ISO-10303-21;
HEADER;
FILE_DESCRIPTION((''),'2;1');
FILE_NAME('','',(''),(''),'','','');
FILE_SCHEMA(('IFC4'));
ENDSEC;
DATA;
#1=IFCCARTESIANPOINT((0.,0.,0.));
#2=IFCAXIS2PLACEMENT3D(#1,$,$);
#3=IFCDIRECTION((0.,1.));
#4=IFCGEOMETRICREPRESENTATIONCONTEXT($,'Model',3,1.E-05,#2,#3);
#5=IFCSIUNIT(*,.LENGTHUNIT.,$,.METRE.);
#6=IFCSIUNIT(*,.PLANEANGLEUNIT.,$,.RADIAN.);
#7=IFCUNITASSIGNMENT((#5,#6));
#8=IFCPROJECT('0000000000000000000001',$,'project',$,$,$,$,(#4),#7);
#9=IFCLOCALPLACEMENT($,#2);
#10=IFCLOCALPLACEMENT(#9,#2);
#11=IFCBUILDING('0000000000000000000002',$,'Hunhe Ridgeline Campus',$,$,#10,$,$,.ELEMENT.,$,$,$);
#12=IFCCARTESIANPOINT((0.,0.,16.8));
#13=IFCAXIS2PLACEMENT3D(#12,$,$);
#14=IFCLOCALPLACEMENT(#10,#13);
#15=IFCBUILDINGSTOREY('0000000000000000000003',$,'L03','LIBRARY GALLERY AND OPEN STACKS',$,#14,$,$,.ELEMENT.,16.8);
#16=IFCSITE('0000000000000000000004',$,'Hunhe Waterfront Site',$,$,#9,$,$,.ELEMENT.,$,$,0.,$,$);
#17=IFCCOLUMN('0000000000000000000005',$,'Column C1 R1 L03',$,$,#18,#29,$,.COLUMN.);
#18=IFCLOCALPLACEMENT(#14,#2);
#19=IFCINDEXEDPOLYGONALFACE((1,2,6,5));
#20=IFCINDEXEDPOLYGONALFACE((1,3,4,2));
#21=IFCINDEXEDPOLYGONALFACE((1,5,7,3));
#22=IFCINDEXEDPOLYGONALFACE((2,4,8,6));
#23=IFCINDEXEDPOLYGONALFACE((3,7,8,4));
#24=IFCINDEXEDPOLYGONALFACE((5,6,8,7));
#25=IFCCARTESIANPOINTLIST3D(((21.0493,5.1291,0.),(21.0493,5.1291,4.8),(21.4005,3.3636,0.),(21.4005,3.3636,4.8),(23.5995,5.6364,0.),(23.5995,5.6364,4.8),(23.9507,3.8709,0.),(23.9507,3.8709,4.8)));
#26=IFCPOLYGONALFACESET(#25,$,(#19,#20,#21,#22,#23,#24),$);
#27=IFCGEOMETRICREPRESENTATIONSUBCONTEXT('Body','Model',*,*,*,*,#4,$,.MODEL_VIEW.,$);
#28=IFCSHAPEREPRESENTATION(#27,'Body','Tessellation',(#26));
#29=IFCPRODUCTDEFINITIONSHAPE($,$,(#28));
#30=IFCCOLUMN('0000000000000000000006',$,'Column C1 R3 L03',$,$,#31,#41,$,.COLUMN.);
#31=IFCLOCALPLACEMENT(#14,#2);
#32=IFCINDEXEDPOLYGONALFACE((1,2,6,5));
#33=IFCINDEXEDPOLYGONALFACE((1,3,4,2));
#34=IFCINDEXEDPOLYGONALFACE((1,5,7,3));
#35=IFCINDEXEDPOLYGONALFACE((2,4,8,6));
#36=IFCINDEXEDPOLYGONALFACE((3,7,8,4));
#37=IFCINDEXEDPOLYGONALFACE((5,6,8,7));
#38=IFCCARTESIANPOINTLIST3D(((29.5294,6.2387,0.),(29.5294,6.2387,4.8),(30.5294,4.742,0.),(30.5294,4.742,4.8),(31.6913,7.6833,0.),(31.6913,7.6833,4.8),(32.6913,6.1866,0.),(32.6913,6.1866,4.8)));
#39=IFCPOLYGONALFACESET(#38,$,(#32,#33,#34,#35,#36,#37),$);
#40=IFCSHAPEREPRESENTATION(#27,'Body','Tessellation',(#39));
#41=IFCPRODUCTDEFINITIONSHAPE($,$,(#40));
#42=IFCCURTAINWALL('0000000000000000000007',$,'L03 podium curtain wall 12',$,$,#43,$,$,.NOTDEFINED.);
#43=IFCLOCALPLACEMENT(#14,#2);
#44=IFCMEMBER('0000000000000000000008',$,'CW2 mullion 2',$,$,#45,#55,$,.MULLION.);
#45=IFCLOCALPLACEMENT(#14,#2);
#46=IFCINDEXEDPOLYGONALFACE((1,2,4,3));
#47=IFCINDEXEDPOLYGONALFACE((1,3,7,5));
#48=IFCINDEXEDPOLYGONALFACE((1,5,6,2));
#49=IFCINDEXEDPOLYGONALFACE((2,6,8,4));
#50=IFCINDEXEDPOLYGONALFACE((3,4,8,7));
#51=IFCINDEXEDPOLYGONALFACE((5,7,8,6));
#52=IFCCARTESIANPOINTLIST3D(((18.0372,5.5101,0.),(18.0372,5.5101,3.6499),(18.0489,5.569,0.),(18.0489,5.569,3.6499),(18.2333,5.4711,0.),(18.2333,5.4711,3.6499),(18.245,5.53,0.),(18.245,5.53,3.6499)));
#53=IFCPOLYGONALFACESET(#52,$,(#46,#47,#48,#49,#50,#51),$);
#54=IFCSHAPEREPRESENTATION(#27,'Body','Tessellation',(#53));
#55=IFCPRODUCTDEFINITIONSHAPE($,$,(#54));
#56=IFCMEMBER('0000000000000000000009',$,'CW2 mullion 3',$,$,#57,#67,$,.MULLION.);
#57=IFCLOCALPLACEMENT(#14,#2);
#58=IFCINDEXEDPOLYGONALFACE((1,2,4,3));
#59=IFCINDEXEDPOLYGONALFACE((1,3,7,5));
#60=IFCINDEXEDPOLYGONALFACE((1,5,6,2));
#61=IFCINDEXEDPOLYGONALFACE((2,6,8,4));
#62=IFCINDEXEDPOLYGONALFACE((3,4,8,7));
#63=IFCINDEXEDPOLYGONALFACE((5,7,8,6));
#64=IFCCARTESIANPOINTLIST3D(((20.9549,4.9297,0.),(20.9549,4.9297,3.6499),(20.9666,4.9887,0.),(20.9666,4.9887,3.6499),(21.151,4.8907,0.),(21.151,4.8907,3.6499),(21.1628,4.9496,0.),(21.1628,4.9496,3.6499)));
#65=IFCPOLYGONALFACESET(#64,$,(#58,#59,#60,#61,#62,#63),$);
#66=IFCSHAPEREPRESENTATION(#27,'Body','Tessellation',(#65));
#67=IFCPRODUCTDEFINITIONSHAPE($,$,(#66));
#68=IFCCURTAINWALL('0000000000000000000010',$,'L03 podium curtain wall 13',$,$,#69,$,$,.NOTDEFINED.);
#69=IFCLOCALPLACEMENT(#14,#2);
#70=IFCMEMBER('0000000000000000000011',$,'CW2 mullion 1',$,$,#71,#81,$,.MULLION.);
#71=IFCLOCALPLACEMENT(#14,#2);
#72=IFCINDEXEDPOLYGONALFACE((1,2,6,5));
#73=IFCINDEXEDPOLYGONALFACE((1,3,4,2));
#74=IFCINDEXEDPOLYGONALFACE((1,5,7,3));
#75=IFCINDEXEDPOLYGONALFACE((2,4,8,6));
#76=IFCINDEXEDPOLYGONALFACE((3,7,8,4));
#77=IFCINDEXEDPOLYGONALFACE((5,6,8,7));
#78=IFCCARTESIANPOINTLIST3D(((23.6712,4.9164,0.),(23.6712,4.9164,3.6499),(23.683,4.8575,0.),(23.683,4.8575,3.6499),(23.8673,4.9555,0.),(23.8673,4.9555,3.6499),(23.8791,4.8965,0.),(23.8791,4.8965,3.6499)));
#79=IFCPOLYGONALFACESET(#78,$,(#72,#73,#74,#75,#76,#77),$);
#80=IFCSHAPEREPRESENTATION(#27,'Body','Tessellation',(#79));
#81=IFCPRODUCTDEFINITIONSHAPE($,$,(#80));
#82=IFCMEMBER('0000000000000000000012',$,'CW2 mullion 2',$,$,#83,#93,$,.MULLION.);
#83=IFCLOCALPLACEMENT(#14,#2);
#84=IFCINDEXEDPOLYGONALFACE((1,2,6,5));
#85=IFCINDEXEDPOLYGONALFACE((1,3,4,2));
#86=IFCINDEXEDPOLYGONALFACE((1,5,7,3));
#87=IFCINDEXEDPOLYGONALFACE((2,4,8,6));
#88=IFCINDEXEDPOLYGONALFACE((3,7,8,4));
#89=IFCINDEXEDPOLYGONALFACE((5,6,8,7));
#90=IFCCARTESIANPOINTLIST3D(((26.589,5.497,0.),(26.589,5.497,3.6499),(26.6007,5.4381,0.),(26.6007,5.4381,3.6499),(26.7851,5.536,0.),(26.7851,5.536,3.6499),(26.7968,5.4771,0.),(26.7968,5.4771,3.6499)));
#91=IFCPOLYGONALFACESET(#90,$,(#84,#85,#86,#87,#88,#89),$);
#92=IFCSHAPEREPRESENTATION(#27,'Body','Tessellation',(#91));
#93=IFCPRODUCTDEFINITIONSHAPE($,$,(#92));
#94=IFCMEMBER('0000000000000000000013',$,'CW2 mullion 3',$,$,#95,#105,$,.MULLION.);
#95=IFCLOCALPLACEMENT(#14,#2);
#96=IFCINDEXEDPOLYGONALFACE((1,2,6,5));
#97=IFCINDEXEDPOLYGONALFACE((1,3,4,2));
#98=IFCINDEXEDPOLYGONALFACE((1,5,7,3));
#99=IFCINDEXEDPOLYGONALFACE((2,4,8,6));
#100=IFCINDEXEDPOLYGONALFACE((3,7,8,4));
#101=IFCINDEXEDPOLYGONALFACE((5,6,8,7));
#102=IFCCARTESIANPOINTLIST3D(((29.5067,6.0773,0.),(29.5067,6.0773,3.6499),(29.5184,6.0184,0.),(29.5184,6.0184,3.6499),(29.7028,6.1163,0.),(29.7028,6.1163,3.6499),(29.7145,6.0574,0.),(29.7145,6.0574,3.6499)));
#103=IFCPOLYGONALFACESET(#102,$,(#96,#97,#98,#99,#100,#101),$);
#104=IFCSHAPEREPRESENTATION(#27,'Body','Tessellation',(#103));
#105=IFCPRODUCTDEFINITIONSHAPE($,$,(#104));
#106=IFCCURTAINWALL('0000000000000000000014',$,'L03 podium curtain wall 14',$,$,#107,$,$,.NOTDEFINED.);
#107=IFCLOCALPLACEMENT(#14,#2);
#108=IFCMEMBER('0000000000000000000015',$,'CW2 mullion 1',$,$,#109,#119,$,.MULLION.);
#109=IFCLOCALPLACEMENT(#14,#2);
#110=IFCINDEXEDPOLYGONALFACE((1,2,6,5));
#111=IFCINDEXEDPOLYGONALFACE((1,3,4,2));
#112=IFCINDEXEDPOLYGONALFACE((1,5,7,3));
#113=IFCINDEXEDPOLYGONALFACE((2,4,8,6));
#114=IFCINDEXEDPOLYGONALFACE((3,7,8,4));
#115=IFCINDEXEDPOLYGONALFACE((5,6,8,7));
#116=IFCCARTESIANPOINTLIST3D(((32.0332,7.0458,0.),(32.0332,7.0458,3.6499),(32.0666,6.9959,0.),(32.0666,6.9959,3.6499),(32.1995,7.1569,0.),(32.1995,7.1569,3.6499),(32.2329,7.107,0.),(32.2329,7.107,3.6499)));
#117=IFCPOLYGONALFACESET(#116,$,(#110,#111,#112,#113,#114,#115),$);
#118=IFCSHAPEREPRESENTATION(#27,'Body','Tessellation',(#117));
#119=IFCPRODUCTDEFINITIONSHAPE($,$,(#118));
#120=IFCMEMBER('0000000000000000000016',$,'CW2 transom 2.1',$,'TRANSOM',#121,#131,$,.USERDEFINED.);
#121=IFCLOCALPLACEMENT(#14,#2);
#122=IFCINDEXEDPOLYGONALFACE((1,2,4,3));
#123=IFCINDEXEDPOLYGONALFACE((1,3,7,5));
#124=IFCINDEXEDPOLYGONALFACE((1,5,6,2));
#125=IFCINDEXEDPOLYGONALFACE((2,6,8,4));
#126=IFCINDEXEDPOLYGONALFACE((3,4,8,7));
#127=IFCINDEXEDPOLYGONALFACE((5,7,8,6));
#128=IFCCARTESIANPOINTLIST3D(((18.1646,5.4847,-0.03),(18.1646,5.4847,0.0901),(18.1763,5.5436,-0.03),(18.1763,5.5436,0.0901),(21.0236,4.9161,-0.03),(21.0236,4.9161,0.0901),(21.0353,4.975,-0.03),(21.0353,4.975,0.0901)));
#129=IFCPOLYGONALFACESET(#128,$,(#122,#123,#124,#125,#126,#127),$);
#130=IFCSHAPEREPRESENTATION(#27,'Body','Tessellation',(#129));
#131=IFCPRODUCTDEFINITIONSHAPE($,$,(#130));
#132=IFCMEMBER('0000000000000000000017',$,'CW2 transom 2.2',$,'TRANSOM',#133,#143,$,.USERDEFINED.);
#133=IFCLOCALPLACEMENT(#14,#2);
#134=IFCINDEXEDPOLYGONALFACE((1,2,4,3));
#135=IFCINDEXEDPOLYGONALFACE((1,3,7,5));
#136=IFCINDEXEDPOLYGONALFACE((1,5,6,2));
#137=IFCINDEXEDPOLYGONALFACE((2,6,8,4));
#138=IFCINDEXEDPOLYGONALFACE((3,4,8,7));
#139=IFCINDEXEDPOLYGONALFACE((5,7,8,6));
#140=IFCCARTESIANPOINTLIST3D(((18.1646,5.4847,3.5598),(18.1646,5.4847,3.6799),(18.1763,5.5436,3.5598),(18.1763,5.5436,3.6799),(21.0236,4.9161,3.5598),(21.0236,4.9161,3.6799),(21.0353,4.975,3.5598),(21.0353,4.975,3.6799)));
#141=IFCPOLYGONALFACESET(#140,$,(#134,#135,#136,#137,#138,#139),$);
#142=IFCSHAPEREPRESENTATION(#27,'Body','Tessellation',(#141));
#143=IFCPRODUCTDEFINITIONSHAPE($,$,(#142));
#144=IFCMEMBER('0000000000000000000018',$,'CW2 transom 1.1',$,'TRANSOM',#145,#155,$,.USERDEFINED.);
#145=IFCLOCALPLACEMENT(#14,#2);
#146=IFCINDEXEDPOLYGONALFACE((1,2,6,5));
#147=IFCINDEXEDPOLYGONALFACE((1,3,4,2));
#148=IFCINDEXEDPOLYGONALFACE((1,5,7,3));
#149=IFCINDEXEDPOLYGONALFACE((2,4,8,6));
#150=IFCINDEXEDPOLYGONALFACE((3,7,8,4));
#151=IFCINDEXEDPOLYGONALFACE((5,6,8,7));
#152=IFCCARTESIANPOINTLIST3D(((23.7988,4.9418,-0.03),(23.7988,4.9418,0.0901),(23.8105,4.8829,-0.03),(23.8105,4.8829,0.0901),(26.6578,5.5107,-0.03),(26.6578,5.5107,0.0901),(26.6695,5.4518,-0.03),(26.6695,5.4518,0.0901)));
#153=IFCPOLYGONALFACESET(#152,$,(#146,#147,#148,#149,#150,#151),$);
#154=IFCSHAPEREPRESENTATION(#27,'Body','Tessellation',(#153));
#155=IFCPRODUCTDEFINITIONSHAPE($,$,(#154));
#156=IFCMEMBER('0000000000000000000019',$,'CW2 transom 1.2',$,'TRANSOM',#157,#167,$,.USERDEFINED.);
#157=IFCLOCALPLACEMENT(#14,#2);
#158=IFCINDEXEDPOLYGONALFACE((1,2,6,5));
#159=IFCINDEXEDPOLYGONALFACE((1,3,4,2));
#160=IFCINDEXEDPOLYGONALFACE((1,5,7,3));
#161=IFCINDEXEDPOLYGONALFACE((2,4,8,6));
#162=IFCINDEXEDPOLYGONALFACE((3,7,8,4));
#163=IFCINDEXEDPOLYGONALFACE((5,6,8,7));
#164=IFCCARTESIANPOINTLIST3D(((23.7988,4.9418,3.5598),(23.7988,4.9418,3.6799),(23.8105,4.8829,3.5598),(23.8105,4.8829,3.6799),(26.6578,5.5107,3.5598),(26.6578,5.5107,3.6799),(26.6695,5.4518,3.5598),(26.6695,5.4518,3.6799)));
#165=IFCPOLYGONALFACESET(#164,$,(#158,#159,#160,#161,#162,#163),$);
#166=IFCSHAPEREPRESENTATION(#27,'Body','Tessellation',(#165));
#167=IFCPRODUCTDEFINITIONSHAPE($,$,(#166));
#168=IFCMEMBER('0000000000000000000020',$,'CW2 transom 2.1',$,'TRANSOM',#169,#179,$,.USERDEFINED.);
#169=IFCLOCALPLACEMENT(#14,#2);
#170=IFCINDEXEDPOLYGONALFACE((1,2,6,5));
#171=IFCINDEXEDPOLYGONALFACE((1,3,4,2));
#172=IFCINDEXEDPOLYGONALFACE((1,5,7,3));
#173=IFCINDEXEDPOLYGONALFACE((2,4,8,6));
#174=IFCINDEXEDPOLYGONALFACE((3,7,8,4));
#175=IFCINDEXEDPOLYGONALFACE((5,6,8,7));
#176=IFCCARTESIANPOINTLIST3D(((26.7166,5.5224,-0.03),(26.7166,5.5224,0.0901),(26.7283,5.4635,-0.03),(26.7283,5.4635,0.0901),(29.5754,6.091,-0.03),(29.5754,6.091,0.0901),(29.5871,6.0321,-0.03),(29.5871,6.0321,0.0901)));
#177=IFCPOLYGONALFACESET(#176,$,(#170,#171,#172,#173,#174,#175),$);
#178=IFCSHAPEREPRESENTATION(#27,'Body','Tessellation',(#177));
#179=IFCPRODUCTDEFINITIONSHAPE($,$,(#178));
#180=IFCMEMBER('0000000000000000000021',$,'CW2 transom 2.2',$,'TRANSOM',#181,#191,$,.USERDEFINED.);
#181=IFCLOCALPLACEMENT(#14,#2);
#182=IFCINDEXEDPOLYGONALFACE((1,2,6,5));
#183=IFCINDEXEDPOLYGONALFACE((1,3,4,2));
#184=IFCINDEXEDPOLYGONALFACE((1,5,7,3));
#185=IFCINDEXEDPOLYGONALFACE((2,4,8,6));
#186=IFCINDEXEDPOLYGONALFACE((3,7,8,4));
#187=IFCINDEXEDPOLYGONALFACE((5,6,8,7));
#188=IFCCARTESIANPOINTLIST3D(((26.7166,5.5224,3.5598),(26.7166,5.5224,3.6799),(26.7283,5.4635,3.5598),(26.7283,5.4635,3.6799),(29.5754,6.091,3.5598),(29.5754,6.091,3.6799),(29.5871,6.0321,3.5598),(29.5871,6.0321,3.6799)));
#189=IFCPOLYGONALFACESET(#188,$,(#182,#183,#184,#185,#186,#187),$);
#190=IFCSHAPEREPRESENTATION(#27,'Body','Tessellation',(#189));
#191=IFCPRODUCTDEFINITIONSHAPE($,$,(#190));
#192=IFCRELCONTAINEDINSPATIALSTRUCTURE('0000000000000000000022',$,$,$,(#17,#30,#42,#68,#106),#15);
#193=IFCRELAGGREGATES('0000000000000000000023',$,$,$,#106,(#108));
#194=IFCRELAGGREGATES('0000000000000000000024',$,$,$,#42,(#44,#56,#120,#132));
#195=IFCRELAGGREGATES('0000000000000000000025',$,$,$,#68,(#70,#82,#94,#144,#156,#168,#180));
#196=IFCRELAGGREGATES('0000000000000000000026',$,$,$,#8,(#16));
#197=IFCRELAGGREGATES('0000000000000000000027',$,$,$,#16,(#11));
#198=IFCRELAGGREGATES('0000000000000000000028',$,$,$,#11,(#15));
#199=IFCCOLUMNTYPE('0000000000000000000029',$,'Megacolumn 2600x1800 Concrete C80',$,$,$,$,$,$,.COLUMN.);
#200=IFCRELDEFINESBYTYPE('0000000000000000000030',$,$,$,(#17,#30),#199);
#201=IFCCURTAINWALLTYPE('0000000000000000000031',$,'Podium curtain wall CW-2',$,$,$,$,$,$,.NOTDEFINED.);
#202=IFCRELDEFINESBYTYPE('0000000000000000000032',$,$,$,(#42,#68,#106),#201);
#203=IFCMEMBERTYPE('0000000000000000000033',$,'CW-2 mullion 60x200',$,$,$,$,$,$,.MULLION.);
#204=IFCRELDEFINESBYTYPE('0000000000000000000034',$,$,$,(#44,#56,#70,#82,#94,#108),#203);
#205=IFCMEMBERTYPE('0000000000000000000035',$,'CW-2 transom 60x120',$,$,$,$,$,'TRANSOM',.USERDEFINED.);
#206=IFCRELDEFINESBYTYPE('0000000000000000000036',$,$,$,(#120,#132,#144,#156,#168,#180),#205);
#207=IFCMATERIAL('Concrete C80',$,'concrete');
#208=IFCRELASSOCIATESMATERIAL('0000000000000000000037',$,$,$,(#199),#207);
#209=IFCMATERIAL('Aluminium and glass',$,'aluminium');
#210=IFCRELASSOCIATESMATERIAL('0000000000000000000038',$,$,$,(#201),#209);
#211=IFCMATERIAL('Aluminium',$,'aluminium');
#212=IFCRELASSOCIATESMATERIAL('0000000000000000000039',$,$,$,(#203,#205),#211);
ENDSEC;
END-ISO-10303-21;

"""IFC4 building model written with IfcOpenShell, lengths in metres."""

from ifc_helpers import new_model, si_unit, direction, frame, origin, origin_2d, place, context, subcontext, project, spatial, rectangle, extrude, material, material_profile, profile_set, type_object, element, aggregate, save


model = new_model("IFC4")

# Units and contexts
model_context = context("Model", 3, precision=1e-05, world=origin(), true_north=direction((0.0, 1.0)))
body_context = subcontext(model_context, "Body", "Model", "MODEL_VIEW")
ifc_project = project(units=[si_unit("LENGTHUNIT", "METRE"), si_unit("PLANEANGLEUNIT", "RADIAN")], contexts=[model_context])

# Site, building, storey
site_placement = place(None, origin())
site = spatial("IfcSite", under=ifc_project, at=site_placement, Name="Hunhe Waterfront Site", CompositionType="ELEMENT", RefElevation=0.0)
building_placement = place(site_placement, origin())
building = spatial("IfcBuilding", under=site, at=building_placement, Name="Hunhe Ridgeline Campus", CompositionType="ELEMENT")
storey_placement = place(building_placement, frame((0.0, 0.0, 16.8)))
storey = spatial("IfcBuildingStorey", under=building, at=storey_placement, Name="L03", Description="LIBRARY GALLERY AND OPEN STACKS", CompositionType="ELEMENT", Elevation=16.8)

# Columns
ifc_material_1 = material(Name="Concrete C80", Category="concrete")
ifc_material_profile_1 = material_profile(ifc_material_1, rectangle(XDim=2.6001, YDim=1.8, at=origin_2d()))
ifc_profile_set_1 = profile_set([ifc_material_profile_1], Name="Concrete C80")
column_type = type_object("IfcColumnType", Name="Megacolumn 2600x1800 Concrete C80", PredefinedType="COLUMN", material=ifc_profile_set_1)
for number, where, z_axis, x_axis, name in (
    (1, (22.5, 4.5, 0.0), (0.0, 0.0, 1.0), (0.980785, 0.19509, 0.0), "Column C1 R1 L03"),
    (2, (31.1104, 6.2126, 0.0), (0.0, 0.0, 1.0), (0.83147, 0.55557, 0.0), "Column C1 R3 L03"),
):
    element("IfcColumn", number, at=place(storey_placement, frame(where, z_axis=z_axis, x_axis=x_axis)), inside=storey, type_object=column_type, Name=name, PredefinedType="COLUMN", context=body_context, shape_type="SweptSolid", body=[
        extrude(rectangle(XDim=2.6001, YDim=1.8, at=origin_2d()), origin(), (0.0, 0.0, 1.0), 4.8),
    ])

# Curtain walls, members
ifc_material_2 = material(Name="Aluminium and glass", Category="aluminium")
curtain_wall_type = type_object("IfcCurtainWallType", Name="Podium curtain wall CW-2", PredefinedType="NOTDEFINED", material=ifc_material_2)
curtain_wall_1_placement = place(storey_placement, origin())
curtain_wall_1 = element("IfcCurtainWall", 3, at=curtain_wall_1_placement, inside=storey, type_object=curtain_wall_type, Name="L03 podium curtain wall 12", PredefinedType="NOTDEFINED")
ifc_material_3 = material(Name="Aluminium", Category="aluminium")
ifc_material_profile_2 = material_profile(ifc_material_3, rectangle(XDim=0.0601, YDim=0.2, at=origin_2d()))
ifc_profile_set_2 = profile_set([ifc_material_profile_2], Name="Aluminium")
member_type_1 = type_object("IfcMemberType", Name="CW-2 mullion 60x200", PredefinedType="MULLION", material=ifc_profile_set_2)
member_1_placement = place(storey_placement, frame((18.1411, 5.52, 0.0), z_axis=(0.0, 0.0, 1.0), x_axis=(0.195079, 0.980787, 0.0)))
member_1 = element("IfcMember", 4, at=member_1_placement, type_object=member_type_1, Name="CW2 mullion 2", PredefinedType="MULLION", context=body_context, shape_type="SweptSolid", body=[
    extrude(rectangle(XDim=0.0601, YDim=0.2, at=origin_2d()), origin(), (0.0, 0.0, 1.0), 3.6499),
])
member_2_placement = place(storey_placement, frame((21.0588, 4.9397, 0.0), z_axis=(0.0, 0.0, 1.0), x_axis=(0.195079, 0.980787, 0.0)))
member_2 = element("IfcMember", 5, at=member_2_placement, type_object=member_type_1, Name="CW2 mullion 3", PredefinedType="MULLION", context=body_context, shape_type="SweptSolid", body=[
    extrude(rectangle(XDim=0.0601, YDim=0.2, at=origin_2d()), origin(), (0.0, 0.0, 1.0), 3.6499),
])
curtain_wall_2_placement = place(storey_placement, origin())
curtain_wall_2 = element("IfcCurtainWall", 6, at=curtain_wall_2_placement, inside=storey, type_object=curtain_wall_type, Name="L03 podium curtain wall 13", PredefinedType="NOTDEFINED")
member_3_placement = place(storey_placement, frame((23.7751, 4.9065, 0.0), z_axis=(0.0, 0.0, 1.0), x_axis=(-0.195098, 0.980784, 0.0)))
member_3 = element("IfcMember", 7, at=member_3_placement, type_object=member_type_1, Name="CW2 mullion 1", PredefinedType="MULLION", context=body_context, shape_type="SweptSolid", body=[
    extrude(rectangle(XDim=0.0601, YDim=0.2, at=origin_2d()), origin(), (0.0, 0.0, 1.0), 3.6499),
])
member_4_placement = place(storey_placement, frame((26.6929, 5.4871, 0.0), z_axis=(0.0, 0.0, 1.0), x_axis=(-0.195098, 0.980784, 0.0)))
member_4 = element("IfcMember", 8, at=member_4_placement, type_object=member_type_1, Name="CW2 mullion 2", PredefinedType="MULLION", context=body_context, shape_type="SweptSolid", body=[
    extrude(rectangle(XDim=0.0601, YDim=0.2, at=origin_2d()), origin(), (0.0, 0.0, 1.0), 3.6499),
])
member_5_placement = place(storey_placement, frame((29.6106, 6.0674, 0.0), z_axis=(0.0, 0.0, 1.0), x_axis=(-0.195098, 0.980784, 0.0)))
member_5 = element("IfcMember", 9, at=member_5_placement, type_object=member_type_1, Name="CW2 mullion 3", PredefinedType="MULLION", context=body_context, shape_type="SweptSolid", body=[
    extrude(rectangle(XDim=0.0601, YDim=0.2, at=origin_2d()), origin(), (0.0, 0.0, 1.0), 3.6499),
])

# Curtain wall, member
curtain_wall_3_placement = place(storey_placement, origin())
curtain_wall_3 = element("IfcCurtainWall", 10, at=curtain_wall_3_placement, inside=storey, type_object=curtain_wall_type, Name="L03 podium curtain wall 14", PredefinedType="NOTDEFINED")
member_6_placement = place(storey_placement, frame((32.1331, 7.0764, 0.0), z_axis=(0.0, 0.0, 1.0), x_axis=(-0.555579, 0.831464, 0.0)))
member_6 = element("IfcMember", 11, at=member_6_placement, type_object=member_type_1, Name="CW2 mullion 1", PredefinedType="MULLION", context=body_context, shape_type="SweptSolid", body=[
    extrude(rectangle(XDim=0.0601, YDim=0.2, at=origin_2d()), origin(), (0.0, 0.0, 1.0), 3.6499),
])

# Members
ifc_material_profile_3 = material_profile(ifc_material_3, rectangle(XDim=0.0601, YDim=0.1201, at=origin_2d()))
ifc_profile_set_3 = profile_set([ifc_material_profile_3], Name="Aluminium")
member_type_2 = type_object("IfcMemberType", Name="CW-2 transom 60x120", ElementType="TRANSOM", PredefinedType="USERDEFINED", material=ifc_profile_set_3)
member_7_placement = place(storey_placement, frame((18.1704, 5.5142, 0.03), z_axis=(0.980793, -0.195053, 0.0), x_axis=(0.195053, 0.980793, 0.0)))
member_7 = element("IfcMember", 12, at=member_7_placement, type_object=member_type_2, Name="CW2 transom 2.1", ObjectType="TRANSOM", PredefinedType="USERDEFINED", context=body_context, shape_type="SweptSolid", body=[
    extrude(rectangle(XDim=0.0601, YDim=0.1201, at=origin_2d()), origin(), (0.0, 0.0, 1.0), 2.915),
])
member_8_placement = place(storey_placement, frame((18.1704, 5.5142, 3.6199), z_axis=(0.980793, -0.195053, 0.0), x_axis=(0.195053, 0.980793, 0.0)))
member_8 = element("IfcMember", 13, at=member_8_placement, type_object=member_type_2, Name="CW2 transom 2.2", ObjectType="TRANSOM", PredefinedType="USERDEFINED", context=body_context, shape_type="SweptSolid", body=[
    extrude(rectangle(XDim=0.0601, YDim=0.1201, at=origin_2d()), origin(), (0.0, 0.0, 1.0), 2.915),
])
member_9_placement = place(storey_placement, frame((23.8047, 4.9124, 0.03), z_axis=(0.980773, 0.19515, 0.0), x_axis=(-0.19515, 0.980773, 0.0)))
member_9 = element("IfcMember", 14, at=member_9_placement, type_object=member_type_2, Name="CW2 transom 1.1", ObjectType="TRANSOM", PredefinedType="USERDEFINED", context=body_context, shape_type="SweptSolid", body=[
    extrude(rectangle(XDim=0.0601, YDim=0.1201, at=origin_2d()), origin(), (0.0, 0.0, 1.0), 2.915),
])
member_10_placement = place(storey_placement, frame((23.8047, 4.9124, 3.6199), z_axis=(0.980773, 0.19515, 0.0), x_axis=(-0.19515, 0.980773, 0.0)))
member_10 = element("IfcMember", 15, at=member_10_placement, type_object=member_type_2, Name="CW2 transom 1.2", ObjectType="TRANSOM", PredefinedType="USERDEFINED", context=body_context, shape_type="SweptSolid", body=[
    extrude(rectangle(XDim=0.0601, YDim=0.1201, at=origin_2d()), origin(), (0.0, 0.0, 1.0), 2.915),
])
member_11_placement = place(storey_placement, frame((26.7224, 5.4929, 0.03), z_axis=(0.98079, 0.195069, 0.0), x_axis=(-0.195069, 0.98079, 0.0)))
member_11 = element("IfcMember", 16, at=member_11_placement, type_object=member_type_2, Name="CW2 transom 2.1", ObjectType="TRANSOM", PredefinedType="USERDEFINED", context=body_context, shape_type="SweptSolid", body=[
    extrude(rectangle(XDim=0.0601, YDim=0.1201, at=origin_2d()), origin(), (0.0, 0.0, 1.0), 2.9148),
])
member_12_placement = place(storey_placement, frame((26.7224, 5.4929, 3.6199), z_axis=(0.98079, 0.195069, 0.0), x_axis=(-0.195069, 0.98079, 0.0)))
member_12 = element("IfcMember", 17, at=member_12_placement, type_object=member_type_2, Name="CW2 transom 2.2", ObjectType="TRANSOM", PredefinedType="USERDEFINED", context=body_context, shape_type="SweptSolid", body=[
    extrude(rectangle(XDim=0.0601, YDim=0.1201, at=origin_2d()), origin(), (0.0, 0.0, 1.0), 2.9148),
])
aggregate(curtain_wall_3, [member_6])

aggregate(curtain_wall_1, [member_1, member_2, member_7, member_8])
aggregate(curtain_wall_2, [member_3, member_4, member_5, member_9, member_10, member_11, member_12])

save(model, "model.ifc")
